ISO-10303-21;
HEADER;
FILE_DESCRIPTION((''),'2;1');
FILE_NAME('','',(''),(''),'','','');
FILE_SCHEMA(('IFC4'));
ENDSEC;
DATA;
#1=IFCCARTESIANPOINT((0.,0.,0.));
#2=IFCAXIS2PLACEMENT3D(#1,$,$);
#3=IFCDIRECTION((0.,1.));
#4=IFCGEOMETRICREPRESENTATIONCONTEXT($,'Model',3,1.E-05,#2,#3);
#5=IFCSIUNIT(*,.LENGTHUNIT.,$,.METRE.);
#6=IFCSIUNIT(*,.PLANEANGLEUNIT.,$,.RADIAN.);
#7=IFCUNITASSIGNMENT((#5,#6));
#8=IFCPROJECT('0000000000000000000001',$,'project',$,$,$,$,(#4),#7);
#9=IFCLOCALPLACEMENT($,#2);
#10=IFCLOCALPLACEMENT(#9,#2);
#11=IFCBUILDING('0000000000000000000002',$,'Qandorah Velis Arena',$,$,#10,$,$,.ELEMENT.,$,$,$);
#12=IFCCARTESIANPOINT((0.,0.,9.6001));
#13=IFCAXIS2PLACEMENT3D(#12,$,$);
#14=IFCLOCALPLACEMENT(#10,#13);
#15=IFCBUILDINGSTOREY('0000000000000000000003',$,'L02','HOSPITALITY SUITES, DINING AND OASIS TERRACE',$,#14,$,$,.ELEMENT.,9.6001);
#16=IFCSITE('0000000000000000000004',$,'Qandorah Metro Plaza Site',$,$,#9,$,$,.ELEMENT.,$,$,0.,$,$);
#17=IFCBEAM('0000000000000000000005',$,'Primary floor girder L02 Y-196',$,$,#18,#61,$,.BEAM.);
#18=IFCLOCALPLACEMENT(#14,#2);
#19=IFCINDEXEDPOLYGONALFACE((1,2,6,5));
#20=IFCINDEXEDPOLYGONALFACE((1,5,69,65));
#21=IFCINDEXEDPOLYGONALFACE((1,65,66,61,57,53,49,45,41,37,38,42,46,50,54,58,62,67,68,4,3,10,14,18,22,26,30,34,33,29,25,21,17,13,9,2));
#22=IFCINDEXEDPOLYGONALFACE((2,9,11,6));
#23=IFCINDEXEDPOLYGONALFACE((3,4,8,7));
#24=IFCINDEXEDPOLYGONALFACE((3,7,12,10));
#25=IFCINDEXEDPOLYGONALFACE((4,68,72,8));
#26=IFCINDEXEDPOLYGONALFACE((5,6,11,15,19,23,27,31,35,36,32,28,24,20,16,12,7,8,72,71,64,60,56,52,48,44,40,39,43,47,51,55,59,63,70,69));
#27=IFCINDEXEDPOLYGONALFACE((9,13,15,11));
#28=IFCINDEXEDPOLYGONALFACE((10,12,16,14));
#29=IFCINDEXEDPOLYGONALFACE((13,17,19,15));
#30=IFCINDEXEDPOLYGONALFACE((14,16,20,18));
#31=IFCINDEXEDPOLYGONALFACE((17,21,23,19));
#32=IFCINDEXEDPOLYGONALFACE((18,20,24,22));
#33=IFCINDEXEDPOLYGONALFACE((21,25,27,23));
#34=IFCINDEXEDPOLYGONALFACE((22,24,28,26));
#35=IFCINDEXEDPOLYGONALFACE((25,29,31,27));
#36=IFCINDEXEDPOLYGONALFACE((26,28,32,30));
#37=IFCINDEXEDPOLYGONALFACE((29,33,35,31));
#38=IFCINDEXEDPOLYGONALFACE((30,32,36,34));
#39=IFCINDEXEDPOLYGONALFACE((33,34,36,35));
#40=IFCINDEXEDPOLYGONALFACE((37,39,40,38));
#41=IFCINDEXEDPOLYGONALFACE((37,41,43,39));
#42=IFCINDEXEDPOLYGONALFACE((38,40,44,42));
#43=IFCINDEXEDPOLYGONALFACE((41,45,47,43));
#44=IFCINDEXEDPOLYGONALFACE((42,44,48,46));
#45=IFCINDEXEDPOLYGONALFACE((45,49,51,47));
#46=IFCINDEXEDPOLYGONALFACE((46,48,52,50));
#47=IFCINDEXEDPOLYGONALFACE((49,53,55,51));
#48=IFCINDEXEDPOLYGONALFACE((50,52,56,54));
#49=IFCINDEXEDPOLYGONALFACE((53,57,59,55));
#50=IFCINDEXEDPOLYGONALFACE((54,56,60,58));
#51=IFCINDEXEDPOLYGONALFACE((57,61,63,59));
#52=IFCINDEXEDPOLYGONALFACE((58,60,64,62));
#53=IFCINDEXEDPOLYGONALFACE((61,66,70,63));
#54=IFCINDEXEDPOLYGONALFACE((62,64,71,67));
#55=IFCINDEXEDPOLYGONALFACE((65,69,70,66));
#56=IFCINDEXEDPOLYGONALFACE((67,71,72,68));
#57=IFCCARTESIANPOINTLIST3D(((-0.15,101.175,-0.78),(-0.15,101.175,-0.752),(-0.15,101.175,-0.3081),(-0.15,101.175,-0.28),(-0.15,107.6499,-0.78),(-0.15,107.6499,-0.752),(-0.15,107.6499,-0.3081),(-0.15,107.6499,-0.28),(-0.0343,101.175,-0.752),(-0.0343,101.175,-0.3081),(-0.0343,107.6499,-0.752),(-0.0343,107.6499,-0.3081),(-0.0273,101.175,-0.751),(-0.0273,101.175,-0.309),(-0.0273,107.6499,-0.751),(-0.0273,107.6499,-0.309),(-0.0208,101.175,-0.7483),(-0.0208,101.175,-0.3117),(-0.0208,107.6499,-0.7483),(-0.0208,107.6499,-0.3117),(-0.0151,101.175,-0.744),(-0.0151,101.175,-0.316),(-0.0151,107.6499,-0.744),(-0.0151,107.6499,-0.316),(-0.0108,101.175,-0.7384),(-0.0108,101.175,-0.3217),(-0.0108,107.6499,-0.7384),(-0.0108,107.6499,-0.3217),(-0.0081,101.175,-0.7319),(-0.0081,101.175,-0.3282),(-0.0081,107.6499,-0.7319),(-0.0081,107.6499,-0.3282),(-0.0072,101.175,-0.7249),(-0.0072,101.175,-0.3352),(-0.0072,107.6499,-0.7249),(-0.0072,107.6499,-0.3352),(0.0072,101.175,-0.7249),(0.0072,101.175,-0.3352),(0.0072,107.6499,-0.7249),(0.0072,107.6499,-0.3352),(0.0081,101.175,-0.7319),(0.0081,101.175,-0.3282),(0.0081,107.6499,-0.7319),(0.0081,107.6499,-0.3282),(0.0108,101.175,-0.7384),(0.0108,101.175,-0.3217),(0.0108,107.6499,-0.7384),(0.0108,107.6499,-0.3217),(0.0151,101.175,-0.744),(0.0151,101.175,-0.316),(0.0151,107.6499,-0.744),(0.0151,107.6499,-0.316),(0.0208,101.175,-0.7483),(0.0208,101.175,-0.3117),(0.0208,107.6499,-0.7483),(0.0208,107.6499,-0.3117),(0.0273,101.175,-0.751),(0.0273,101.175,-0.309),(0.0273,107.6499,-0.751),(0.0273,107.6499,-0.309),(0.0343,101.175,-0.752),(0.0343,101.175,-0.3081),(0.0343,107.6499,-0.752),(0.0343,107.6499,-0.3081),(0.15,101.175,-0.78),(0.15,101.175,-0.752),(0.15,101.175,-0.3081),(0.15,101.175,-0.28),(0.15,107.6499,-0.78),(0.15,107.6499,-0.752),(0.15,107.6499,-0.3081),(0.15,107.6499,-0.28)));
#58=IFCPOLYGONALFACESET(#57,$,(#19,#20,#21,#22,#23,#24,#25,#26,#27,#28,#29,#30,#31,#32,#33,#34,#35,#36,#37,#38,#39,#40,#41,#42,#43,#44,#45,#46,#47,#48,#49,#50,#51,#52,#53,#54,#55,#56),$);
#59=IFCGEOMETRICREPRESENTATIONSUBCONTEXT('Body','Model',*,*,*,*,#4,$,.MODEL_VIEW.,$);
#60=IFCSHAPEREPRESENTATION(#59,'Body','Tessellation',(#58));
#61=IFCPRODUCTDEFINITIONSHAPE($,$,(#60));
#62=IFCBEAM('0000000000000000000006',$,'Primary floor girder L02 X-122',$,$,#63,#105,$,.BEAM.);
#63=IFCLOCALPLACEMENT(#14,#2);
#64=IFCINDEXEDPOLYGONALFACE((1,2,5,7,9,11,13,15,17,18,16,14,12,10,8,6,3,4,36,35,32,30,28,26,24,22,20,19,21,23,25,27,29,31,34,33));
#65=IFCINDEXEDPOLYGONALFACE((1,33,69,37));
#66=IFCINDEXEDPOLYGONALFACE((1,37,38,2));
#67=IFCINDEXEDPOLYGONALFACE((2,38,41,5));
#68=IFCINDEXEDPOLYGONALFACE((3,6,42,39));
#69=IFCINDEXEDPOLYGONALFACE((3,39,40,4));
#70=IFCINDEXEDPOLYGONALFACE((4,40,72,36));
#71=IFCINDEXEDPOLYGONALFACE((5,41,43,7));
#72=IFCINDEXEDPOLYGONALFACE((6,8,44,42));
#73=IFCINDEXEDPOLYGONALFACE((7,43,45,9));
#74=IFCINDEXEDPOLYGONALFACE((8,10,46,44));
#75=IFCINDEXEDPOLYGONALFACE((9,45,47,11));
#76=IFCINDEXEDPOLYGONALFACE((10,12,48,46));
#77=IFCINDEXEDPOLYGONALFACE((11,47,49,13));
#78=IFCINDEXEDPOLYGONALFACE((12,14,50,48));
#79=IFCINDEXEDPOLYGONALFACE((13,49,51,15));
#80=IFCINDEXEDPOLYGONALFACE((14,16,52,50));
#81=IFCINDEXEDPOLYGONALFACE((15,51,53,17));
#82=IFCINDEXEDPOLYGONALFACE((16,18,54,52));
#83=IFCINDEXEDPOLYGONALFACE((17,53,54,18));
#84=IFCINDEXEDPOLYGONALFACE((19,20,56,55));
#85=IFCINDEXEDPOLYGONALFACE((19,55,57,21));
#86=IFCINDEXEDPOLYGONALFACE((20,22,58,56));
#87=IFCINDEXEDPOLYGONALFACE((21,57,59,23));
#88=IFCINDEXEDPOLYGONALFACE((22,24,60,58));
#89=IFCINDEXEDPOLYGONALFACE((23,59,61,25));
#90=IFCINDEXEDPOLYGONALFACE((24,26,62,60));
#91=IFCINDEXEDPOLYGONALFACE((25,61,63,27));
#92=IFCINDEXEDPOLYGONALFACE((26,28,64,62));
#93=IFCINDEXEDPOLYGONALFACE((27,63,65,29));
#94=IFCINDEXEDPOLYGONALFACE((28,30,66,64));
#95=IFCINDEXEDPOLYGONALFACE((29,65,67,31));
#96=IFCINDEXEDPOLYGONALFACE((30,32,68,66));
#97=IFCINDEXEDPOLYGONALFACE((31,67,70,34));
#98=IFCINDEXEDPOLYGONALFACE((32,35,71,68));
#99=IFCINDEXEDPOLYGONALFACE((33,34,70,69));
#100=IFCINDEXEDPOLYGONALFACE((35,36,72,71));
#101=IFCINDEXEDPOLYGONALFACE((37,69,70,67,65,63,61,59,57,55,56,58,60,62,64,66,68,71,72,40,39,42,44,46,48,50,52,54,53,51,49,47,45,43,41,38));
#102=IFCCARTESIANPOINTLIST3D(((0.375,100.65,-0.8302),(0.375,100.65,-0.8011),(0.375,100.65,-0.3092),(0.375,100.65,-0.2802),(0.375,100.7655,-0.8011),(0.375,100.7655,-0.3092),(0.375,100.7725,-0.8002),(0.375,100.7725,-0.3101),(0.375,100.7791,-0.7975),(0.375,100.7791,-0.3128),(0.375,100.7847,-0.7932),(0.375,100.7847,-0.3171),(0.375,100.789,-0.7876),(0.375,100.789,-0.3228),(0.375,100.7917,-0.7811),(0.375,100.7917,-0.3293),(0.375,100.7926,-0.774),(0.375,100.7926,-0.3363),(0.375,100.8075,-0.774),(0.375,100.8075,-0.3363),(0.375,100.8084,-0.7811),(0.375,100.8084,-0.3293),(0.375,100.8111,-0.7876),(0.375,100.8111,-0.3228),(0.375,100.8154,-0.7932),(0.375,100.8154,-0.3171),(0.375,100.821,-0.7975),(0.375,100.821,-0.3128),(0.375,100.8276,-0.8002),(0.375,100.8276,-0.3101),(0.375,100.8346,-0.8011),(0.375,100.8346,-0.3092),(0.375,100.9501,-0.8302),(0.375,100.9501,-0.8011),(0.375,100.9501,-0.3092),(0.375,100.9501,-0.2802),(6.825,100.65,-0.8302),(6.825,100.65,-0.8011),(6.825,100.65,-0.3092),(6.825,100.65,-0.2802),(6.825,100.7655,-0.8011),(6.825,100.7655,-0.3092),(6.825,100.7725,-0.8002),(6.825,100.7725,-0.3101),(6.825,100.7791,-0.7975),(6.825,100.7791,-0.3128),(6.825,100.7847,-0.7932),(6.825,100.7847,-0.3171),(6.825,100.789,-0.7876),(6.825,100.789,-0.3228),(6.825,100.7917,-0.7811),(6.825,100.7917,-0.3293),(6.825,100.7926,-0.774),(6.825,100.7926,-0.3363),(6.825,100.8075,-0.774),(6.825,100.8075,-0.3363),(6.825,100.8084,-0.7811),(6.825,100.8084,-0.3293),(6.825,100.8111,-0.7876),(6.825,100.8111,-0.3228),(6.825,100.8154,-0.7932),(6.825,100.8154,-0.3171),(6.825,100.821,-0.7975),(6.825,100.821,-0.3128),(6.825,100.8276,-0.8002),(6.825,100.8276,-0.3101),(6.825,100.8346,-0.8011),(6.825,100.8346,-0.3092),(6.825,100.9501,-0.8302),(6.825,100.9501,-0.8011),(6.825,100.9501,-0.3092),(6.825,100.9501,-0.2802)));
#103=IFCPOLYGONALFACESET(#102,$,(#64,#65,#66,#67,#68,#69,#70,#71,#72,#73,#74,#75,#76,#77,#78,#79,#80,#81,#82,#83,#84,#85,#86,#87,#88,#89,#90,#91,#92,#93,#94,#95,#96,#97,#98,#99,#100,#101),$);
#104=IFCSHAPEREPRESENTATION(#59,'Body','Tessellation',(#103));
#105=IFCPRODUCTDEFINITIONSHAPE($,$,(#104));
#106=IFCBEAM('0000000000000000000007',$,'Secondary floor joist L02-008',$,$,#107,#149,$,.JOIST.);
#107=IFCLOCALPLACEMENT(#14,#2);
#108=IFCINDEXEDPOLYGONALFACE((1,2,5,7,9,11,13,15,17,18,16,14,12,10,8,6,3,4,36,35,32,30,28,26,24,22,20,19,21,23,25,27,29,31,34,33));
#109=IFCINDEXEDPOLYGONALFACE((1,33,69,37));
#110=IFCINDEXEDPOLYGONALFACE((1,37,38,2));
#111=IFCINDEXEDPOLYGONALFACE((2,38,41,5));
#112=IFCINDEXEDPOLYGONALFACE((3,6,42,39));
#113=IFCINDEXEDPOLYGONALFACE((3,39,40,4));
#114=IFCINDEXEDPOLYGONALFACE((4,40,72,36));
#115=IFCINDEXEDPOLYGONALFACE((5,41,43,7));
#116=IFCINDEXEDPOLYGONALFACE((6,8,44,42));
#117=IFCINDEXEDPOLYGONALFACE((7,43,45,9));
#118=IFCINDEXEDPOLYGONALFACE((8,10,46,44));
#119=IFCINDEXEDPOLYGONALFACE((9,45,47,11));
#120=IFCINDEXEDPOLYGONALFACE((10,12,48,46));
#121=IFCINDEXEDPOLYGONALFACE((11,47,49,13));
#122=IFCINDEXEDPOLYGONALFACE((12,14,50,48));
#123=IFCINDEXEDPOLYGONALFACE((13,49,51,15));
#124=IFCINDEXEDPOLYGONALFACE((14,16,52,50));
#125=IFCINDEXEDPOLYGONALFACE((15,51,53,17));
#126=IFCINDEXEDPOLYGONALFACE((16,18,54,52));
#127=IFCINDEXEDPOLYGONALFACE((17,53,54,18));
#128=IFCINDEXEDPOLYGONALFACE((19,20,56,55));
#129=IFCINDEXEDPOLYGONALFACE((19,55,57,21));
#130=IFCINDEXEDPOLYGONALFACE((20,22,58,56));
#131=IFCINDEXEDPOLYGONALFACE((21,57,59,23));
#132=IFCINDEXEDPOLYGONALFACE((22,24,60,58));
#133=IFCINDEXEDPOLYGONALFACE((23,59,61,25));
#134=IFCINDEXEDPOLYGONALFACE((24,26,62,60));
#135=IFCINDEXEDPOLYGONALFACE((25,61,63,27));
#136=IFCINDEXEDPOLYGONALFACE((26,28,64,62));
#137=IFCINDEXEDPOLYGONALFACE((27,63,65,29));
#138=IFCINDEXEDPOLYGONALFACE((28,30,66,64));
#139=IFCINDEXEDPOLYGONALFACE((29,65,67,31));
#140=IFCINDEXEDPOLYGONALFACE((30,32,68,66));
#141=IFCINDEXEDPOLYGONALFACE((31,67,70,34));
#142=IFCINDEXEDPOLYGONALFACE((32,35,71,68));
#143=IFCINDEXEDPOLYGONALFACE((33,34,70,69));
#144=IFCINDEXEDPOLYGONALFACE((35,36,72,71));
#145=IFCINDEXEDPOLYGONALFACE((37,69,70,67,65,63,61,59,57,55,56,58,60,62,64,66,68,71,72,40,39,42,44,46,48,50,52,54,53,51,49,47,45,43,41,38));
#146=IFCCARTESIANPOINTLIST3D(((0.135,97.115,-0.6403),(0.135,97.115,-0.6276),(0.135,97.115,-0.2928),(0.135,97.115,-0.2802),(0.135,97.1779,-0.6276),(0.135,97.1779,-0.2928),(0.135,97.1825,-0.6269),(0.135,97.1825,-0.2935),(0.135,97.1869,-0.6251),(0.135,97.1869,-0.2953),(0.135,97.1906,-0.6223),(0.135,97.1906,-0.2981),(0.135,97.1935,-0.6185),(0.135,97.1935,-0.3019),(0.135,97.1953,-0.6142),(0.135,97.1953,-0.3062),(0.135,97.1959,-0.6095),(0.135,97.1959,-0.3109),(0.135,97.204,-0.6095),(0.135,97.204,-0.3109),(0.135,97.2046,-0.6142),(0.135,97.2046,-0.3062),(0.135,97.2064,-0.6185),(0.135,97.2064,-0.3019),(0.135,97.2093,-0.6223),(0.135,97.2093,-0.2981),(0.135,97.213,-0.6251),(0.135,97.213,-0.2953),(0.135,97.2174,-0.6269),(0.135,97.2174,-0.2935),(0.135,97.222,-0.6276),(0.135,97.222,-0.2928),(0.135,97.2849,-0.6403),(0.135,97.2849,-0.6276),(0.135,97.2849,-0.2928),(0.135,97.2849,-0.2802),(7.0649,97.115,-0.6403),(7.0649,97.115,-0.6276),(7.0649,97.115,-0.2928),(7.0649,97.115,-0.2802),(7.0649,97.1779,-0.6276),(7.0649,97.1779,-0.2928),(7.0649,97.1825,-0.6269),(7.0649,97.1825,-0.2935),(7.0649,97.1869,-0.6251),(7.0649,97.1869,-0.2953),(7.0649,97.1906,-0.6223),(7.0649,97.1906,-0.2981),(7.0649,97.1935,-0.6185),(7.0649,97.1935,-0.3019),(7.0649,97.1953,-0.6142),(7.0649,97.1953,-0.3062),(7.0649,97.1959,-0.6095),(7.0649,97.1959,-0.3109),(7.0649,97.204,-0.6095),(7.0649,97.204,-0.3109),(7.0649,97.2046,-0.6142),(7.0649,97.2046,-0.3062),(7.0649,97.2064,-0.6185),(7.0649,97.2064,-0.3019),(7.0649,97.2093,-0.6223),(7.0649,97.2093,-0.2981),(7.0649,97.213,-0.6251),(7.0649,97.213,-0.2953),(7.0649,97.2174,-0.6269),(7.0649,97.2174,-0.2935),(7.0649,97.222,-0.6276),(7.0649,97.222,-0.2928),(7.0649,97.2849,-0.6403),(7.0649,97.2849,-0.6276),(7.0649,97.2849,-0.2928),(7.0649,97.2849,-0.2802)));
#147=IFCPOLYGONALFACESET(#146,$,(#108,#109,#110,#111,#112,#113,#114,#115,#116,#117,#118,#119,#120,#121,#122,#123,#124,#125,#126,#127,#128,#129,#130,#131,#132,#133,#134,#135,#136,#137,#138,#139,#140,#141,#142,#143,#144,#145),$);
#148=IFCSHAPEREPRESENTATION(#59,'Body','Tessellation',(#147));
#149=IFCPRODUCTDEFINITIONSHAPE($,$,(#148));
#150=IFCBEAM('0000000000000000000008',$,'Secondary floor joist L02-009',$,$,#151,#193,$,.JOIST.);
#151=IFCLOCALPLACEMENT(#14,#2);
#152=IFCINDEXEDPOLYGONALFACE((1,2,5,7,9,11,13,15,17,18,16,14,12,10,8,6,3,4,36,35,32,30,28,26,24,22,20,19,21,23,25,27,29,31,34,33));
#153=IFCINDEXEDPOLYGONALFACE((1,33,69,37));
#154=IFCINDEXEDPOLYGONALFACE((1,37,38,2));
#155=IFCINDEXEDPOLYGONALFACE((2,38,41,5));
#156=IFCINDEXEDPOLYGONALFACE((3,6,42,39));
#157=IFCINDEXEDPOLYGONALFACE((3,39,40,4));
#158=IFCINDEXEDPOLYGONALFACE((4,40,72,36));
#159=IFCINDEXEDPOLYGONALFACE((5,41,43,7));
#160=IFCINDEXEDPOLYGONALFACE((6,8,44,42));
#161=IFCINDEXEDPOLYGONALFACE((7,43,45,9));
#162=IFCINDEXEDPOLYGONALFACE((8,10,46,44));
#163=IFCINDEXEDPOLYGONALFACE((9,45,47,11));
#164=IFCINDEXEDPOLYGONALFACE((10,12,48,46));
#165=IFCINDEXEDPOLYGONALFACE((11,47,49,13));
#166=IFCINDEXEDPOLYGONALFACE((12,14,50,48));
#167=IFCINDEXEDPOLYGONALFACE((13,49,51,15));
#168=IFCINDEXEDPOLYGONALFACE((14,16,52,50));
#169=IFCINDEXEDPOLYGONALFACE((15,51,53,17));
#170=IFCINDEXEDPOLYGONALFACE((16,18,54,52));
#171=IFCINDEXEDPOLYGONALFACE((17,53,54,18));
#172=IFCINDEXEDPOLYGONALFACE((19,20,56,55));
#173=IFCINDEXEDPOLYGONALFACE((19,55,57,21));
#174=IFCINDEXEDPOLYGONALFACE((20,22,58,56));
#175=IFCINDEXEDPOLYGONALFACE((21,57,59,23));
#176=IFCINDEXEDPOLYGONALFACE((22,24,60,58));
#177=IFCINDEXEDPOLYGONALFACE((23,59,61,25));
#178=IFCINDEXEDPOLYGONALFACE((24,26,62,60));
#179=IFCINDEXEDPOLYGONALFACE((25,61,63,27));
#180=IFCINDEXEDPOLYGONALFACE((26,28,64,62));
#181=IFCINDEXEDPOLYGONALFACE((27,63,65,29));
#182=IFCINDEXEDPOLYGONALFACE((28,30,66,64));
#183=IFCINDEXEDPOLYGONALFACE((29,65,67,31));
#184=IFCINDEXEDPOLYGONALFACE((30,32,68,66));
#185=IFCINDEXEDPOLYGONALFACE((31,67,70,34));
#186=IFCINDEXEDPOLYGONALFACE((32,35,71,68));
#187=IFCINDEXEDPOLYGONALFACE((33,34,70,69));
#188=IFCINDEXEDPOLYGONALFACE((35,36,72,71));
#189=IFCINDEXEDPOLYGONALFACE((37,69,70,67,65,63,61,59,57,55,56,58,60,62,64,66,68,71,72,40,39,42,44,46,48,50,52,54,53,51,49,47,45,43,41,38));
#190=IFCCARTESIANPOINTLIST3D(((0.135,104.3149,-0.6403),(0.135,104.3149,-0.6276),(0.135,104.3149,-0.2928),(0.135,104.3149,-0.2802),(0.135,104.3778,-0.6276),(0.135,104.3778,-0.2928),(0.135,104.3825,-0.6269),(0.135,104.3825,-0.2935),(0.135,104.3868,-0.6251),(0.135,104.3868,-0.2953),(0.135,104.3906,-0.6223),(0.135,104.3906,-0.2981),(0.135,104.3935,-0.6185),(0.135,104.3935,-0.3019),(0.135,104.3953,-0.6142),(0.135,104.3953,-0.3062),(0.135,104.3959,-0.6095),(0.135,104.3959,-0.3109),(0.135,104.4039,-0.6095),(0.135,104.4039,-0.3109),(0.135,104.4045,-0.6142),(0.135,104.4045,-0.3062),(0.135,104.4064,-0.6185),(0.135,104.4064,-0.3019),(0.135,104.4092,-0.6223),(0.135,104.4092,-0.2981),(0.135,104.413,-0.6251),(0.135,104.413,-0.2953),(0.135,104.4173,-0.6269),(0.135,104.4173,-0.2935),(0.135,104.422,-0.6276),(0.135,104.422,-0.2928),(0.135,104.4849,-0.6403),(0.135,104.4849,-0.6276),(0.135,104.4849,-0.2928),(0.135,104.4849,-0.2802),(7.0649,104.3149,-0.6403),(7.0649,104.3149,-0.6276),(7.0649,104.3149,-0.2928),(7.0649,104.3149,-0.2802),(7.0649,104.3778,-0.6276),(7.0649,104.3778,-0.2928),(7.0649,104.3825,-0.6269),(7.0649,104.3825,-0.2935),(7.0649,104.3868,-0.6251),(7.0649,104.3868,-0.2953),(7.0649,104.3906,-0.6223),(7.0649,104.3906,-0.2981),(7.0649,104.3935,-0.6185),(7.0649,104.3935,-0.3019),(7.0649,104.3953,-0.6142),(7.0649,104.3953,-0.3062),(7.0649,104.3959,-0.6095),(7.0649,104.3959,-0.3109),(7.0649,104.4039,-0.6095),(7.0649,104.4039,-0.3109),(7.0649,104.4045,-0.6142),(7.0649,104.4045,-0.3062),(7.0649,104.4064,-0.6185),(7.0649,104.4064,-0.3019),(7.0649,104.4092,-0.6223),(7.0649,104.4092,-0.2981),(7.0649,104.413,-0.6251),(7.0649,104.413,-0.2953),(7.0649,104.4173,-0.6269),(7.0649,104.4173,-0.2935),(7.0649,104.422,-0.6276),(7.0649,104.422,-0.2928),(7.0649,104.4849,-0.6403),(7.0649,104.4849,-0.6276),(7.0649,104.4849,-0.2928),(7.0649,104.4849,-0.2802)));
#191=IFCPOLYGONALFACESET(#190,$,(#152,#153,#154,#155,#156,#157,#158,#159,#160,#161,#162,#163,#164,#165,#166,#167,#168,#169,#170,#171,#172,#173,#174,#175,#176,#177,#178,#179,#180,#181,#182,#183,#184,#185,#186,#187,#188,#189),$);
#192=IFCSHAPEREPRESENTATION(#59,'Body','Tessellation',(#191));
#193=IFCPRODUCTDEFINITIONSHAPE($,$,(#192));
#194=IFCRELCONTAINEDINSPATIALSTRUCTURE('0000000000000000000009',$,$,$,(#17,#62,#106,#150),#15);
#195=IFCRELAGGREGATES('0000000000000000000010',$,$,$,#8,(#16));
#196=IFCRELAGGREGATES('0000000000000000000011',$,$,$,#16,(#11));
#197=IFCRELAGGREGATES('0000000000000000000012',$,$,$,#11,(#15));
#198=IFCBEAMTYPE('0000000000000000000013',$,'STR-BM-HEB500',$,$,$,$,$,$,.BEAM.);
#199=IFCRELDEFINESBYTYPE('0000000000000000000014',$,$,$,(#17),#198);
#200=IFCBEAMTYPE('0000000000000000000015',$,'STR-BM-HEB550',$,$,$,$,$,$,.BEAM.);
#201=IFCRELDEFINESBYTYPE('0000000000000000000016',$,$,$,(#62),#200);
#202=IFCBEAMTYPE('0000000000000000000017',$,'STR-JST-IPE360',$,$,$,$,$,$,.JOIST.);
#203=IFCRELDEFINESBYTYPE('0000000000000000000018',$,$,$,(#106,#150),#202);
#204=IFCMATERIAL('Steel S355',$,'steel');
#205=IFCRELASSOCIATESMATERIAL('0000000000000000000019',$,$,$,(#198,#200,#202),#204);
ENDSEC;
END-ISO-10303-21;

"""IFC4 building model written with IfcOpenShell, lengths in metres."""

from ifc_helpers import new_model, si_unit, direction, frame, origin, origin_2d, place, context, subcontext, project, spatial, i_section, extrude, material, material_profile, profile_set, type_object, element, save


model = new_model("IFC4")

# Units and contexts
model_context = context("Model", 3, precision=1e-05, world=origin(), true_north=direction((0.0, 1.0)))
body_context = subcontext(model_context, "Body", "Model", "MODEL_VIEW")
ifc_project = project(units=[si_unit("LENGTHUNIT", "METRE"), si_unit("PLANEANGLEUNIT", "RADIAN")], contexts=[model_context])

# Site, building, storey
site_placement = place(None, origin())
site = spatial("IfcSite", under=ifc_project, at=site_placement, Name="Qandorah Metro Plaza Site", CompositionType="ELEMENT", RefElevation=0.0)
building_placement = place(site_placement, origin())
building = spatial("IfcBuilding", under=site, at=building_placement, Name="Qandorah Velis Arena", CompositionType="ELEMENT")
storey_placement = place(building_placement, frame((0.0, 0.0, 9.6001)))
storey = spatial("IfcBuildingStorey", under=building, at=storey_placement, Name="L02", Description="HOSPITALITY SUITES, DINING AND OASIS TERRACE", CompositionType="ELEMENT", Elevation=9.6001)

# Beams
ifc_material_1 = material(Name="Steel S355", Category="steel")
ifc_material_profile_1 = material_profile(ifc_material_1, i_section(OverallWidth=0.3, OverallDepth=0.5, WebThickness=0.0144, FlangeThickness=0.0281, FilletRadius=0.0271, at=origin_2d()), Name="HEB 500")
ifc_profile_set_1 = profile_set([ifc_material_profile_1], Name="Steel S355")
beam_type_1 = type_object("IfcBeamType", Name="STR-BM-HEB500", PredefinedType="BEAM", material=ifc_profile_set_1)
beam_1_placement = place(storey_placement, frame((0.0, 101.175, -0.53), z_axis=(0.0, 1.0, 0.0), x_axis=(-1.0, 0.0, 0.0)))
element("IfcBeam", 1, at=beam_1_placement, inside=storey, type_object=beam_type_1, Name="Primary floor girder L02 Y-196", PredefinedType="BEAM", context=body_context, shape_type="SweptSolid", body=[
    extrude(i_section(OverallWidth=0.3, OverallDepth=0.5, WebThickness=0.0144, FlangeThickness=0.0281, FilletRadius=0.0271, at=origin_2d()), origin(), (0.0, 0.0, 1.0), 6.4749),
])
ifc_material_profile_2 = material_profile(ifc_material_1, i_section(OverallWidth=0.3, OverallDepth=0.55, WebThickness=0.0149, FlangeThickness=0.0291, FilletRadius=0.0271, at=origin_2d()), Name="HEB 550")
ifc_profile_set_2 = profile_set([ifc_material_profile_2], Name="Steel S355")
beam_type_2 = type_object("IfcBeamType", Name="STR-BM-HEB550", PredefinedType="BEAM", material=ifc_profile_set_2)
beam_2_placement = place(storey_placement, frame((0.375, 100.8, -0.5552), z_axis=(1.0, 0.0, 0.0), x_axis=(0.0, 1.0, 0.0)))
element("IfcBeam", 2, at=beam_2_placement, inside=storey, type_object=beam_type_2, Name="Primary floor girder L02 X-122", PredefinedType="BEAM", context=body_context, shape_type="SweptSolid", body=[
    extrude(i_section(OverallWidth=0.3, OverallDepth=0.55, WebThickness=0.0149, FlangeThickness=0.0291, FilletRadius=0.0271, at=origin_2d()), origin(), (0.0, 0.0, 1.0), 6.45),
])
ifc_material_profile_3 = material_profile(ifc_material_1, i_section(OverallWidth=0.1699, OverallDepth=0.3601, WebThickness=0.0081, FlangeThickness=0.0127, FilletRadius=0.0181, at=origin_2d()), Name="IPE 360")
ifc_profile_set_3 = profile_set([ifc_material_profile_3], Name="Steel S355")
beam_type_3 = type_object("IfcBeamType", Name="STR-JST-IPE360", PredefinedType="JOIST", material=ifc_profile_set_3)
for number, where, z_axis, x_axis, name in (
    (3, (0.135, 97.2, -0.4602), (1.0, 0.0, 0.0), (0.0, 1.0, 0.0), "Secondary floor joist L02-008"),
    (4, (0.135, 104.3999, -0.4602), (1.0, 0.0, 0.0), (0.0, 1.0, 0.0), "Secondary floor joist L02-009"),
):
    element("IfcBeam", number, at=place(storey_placement, frame(where, z_axis=z_axis, x_axis=x_axis)), inside=storey, type_object=beam_type_3, Name=name, PredefinedType="JOIST", context=body_context, shape_type="SweptSolid", body=[
        extrude(i_section(OverallWidth=0.1699, OverallDepth=0.3601, WebThickness=0.0081, FlangeThickness=0.0127, FilletRadius=0.0181, at=origin_2d()), origin(), (0.0, 0.0, 1.0), 6.9299),
    ])

save(model, "model.ifc")
